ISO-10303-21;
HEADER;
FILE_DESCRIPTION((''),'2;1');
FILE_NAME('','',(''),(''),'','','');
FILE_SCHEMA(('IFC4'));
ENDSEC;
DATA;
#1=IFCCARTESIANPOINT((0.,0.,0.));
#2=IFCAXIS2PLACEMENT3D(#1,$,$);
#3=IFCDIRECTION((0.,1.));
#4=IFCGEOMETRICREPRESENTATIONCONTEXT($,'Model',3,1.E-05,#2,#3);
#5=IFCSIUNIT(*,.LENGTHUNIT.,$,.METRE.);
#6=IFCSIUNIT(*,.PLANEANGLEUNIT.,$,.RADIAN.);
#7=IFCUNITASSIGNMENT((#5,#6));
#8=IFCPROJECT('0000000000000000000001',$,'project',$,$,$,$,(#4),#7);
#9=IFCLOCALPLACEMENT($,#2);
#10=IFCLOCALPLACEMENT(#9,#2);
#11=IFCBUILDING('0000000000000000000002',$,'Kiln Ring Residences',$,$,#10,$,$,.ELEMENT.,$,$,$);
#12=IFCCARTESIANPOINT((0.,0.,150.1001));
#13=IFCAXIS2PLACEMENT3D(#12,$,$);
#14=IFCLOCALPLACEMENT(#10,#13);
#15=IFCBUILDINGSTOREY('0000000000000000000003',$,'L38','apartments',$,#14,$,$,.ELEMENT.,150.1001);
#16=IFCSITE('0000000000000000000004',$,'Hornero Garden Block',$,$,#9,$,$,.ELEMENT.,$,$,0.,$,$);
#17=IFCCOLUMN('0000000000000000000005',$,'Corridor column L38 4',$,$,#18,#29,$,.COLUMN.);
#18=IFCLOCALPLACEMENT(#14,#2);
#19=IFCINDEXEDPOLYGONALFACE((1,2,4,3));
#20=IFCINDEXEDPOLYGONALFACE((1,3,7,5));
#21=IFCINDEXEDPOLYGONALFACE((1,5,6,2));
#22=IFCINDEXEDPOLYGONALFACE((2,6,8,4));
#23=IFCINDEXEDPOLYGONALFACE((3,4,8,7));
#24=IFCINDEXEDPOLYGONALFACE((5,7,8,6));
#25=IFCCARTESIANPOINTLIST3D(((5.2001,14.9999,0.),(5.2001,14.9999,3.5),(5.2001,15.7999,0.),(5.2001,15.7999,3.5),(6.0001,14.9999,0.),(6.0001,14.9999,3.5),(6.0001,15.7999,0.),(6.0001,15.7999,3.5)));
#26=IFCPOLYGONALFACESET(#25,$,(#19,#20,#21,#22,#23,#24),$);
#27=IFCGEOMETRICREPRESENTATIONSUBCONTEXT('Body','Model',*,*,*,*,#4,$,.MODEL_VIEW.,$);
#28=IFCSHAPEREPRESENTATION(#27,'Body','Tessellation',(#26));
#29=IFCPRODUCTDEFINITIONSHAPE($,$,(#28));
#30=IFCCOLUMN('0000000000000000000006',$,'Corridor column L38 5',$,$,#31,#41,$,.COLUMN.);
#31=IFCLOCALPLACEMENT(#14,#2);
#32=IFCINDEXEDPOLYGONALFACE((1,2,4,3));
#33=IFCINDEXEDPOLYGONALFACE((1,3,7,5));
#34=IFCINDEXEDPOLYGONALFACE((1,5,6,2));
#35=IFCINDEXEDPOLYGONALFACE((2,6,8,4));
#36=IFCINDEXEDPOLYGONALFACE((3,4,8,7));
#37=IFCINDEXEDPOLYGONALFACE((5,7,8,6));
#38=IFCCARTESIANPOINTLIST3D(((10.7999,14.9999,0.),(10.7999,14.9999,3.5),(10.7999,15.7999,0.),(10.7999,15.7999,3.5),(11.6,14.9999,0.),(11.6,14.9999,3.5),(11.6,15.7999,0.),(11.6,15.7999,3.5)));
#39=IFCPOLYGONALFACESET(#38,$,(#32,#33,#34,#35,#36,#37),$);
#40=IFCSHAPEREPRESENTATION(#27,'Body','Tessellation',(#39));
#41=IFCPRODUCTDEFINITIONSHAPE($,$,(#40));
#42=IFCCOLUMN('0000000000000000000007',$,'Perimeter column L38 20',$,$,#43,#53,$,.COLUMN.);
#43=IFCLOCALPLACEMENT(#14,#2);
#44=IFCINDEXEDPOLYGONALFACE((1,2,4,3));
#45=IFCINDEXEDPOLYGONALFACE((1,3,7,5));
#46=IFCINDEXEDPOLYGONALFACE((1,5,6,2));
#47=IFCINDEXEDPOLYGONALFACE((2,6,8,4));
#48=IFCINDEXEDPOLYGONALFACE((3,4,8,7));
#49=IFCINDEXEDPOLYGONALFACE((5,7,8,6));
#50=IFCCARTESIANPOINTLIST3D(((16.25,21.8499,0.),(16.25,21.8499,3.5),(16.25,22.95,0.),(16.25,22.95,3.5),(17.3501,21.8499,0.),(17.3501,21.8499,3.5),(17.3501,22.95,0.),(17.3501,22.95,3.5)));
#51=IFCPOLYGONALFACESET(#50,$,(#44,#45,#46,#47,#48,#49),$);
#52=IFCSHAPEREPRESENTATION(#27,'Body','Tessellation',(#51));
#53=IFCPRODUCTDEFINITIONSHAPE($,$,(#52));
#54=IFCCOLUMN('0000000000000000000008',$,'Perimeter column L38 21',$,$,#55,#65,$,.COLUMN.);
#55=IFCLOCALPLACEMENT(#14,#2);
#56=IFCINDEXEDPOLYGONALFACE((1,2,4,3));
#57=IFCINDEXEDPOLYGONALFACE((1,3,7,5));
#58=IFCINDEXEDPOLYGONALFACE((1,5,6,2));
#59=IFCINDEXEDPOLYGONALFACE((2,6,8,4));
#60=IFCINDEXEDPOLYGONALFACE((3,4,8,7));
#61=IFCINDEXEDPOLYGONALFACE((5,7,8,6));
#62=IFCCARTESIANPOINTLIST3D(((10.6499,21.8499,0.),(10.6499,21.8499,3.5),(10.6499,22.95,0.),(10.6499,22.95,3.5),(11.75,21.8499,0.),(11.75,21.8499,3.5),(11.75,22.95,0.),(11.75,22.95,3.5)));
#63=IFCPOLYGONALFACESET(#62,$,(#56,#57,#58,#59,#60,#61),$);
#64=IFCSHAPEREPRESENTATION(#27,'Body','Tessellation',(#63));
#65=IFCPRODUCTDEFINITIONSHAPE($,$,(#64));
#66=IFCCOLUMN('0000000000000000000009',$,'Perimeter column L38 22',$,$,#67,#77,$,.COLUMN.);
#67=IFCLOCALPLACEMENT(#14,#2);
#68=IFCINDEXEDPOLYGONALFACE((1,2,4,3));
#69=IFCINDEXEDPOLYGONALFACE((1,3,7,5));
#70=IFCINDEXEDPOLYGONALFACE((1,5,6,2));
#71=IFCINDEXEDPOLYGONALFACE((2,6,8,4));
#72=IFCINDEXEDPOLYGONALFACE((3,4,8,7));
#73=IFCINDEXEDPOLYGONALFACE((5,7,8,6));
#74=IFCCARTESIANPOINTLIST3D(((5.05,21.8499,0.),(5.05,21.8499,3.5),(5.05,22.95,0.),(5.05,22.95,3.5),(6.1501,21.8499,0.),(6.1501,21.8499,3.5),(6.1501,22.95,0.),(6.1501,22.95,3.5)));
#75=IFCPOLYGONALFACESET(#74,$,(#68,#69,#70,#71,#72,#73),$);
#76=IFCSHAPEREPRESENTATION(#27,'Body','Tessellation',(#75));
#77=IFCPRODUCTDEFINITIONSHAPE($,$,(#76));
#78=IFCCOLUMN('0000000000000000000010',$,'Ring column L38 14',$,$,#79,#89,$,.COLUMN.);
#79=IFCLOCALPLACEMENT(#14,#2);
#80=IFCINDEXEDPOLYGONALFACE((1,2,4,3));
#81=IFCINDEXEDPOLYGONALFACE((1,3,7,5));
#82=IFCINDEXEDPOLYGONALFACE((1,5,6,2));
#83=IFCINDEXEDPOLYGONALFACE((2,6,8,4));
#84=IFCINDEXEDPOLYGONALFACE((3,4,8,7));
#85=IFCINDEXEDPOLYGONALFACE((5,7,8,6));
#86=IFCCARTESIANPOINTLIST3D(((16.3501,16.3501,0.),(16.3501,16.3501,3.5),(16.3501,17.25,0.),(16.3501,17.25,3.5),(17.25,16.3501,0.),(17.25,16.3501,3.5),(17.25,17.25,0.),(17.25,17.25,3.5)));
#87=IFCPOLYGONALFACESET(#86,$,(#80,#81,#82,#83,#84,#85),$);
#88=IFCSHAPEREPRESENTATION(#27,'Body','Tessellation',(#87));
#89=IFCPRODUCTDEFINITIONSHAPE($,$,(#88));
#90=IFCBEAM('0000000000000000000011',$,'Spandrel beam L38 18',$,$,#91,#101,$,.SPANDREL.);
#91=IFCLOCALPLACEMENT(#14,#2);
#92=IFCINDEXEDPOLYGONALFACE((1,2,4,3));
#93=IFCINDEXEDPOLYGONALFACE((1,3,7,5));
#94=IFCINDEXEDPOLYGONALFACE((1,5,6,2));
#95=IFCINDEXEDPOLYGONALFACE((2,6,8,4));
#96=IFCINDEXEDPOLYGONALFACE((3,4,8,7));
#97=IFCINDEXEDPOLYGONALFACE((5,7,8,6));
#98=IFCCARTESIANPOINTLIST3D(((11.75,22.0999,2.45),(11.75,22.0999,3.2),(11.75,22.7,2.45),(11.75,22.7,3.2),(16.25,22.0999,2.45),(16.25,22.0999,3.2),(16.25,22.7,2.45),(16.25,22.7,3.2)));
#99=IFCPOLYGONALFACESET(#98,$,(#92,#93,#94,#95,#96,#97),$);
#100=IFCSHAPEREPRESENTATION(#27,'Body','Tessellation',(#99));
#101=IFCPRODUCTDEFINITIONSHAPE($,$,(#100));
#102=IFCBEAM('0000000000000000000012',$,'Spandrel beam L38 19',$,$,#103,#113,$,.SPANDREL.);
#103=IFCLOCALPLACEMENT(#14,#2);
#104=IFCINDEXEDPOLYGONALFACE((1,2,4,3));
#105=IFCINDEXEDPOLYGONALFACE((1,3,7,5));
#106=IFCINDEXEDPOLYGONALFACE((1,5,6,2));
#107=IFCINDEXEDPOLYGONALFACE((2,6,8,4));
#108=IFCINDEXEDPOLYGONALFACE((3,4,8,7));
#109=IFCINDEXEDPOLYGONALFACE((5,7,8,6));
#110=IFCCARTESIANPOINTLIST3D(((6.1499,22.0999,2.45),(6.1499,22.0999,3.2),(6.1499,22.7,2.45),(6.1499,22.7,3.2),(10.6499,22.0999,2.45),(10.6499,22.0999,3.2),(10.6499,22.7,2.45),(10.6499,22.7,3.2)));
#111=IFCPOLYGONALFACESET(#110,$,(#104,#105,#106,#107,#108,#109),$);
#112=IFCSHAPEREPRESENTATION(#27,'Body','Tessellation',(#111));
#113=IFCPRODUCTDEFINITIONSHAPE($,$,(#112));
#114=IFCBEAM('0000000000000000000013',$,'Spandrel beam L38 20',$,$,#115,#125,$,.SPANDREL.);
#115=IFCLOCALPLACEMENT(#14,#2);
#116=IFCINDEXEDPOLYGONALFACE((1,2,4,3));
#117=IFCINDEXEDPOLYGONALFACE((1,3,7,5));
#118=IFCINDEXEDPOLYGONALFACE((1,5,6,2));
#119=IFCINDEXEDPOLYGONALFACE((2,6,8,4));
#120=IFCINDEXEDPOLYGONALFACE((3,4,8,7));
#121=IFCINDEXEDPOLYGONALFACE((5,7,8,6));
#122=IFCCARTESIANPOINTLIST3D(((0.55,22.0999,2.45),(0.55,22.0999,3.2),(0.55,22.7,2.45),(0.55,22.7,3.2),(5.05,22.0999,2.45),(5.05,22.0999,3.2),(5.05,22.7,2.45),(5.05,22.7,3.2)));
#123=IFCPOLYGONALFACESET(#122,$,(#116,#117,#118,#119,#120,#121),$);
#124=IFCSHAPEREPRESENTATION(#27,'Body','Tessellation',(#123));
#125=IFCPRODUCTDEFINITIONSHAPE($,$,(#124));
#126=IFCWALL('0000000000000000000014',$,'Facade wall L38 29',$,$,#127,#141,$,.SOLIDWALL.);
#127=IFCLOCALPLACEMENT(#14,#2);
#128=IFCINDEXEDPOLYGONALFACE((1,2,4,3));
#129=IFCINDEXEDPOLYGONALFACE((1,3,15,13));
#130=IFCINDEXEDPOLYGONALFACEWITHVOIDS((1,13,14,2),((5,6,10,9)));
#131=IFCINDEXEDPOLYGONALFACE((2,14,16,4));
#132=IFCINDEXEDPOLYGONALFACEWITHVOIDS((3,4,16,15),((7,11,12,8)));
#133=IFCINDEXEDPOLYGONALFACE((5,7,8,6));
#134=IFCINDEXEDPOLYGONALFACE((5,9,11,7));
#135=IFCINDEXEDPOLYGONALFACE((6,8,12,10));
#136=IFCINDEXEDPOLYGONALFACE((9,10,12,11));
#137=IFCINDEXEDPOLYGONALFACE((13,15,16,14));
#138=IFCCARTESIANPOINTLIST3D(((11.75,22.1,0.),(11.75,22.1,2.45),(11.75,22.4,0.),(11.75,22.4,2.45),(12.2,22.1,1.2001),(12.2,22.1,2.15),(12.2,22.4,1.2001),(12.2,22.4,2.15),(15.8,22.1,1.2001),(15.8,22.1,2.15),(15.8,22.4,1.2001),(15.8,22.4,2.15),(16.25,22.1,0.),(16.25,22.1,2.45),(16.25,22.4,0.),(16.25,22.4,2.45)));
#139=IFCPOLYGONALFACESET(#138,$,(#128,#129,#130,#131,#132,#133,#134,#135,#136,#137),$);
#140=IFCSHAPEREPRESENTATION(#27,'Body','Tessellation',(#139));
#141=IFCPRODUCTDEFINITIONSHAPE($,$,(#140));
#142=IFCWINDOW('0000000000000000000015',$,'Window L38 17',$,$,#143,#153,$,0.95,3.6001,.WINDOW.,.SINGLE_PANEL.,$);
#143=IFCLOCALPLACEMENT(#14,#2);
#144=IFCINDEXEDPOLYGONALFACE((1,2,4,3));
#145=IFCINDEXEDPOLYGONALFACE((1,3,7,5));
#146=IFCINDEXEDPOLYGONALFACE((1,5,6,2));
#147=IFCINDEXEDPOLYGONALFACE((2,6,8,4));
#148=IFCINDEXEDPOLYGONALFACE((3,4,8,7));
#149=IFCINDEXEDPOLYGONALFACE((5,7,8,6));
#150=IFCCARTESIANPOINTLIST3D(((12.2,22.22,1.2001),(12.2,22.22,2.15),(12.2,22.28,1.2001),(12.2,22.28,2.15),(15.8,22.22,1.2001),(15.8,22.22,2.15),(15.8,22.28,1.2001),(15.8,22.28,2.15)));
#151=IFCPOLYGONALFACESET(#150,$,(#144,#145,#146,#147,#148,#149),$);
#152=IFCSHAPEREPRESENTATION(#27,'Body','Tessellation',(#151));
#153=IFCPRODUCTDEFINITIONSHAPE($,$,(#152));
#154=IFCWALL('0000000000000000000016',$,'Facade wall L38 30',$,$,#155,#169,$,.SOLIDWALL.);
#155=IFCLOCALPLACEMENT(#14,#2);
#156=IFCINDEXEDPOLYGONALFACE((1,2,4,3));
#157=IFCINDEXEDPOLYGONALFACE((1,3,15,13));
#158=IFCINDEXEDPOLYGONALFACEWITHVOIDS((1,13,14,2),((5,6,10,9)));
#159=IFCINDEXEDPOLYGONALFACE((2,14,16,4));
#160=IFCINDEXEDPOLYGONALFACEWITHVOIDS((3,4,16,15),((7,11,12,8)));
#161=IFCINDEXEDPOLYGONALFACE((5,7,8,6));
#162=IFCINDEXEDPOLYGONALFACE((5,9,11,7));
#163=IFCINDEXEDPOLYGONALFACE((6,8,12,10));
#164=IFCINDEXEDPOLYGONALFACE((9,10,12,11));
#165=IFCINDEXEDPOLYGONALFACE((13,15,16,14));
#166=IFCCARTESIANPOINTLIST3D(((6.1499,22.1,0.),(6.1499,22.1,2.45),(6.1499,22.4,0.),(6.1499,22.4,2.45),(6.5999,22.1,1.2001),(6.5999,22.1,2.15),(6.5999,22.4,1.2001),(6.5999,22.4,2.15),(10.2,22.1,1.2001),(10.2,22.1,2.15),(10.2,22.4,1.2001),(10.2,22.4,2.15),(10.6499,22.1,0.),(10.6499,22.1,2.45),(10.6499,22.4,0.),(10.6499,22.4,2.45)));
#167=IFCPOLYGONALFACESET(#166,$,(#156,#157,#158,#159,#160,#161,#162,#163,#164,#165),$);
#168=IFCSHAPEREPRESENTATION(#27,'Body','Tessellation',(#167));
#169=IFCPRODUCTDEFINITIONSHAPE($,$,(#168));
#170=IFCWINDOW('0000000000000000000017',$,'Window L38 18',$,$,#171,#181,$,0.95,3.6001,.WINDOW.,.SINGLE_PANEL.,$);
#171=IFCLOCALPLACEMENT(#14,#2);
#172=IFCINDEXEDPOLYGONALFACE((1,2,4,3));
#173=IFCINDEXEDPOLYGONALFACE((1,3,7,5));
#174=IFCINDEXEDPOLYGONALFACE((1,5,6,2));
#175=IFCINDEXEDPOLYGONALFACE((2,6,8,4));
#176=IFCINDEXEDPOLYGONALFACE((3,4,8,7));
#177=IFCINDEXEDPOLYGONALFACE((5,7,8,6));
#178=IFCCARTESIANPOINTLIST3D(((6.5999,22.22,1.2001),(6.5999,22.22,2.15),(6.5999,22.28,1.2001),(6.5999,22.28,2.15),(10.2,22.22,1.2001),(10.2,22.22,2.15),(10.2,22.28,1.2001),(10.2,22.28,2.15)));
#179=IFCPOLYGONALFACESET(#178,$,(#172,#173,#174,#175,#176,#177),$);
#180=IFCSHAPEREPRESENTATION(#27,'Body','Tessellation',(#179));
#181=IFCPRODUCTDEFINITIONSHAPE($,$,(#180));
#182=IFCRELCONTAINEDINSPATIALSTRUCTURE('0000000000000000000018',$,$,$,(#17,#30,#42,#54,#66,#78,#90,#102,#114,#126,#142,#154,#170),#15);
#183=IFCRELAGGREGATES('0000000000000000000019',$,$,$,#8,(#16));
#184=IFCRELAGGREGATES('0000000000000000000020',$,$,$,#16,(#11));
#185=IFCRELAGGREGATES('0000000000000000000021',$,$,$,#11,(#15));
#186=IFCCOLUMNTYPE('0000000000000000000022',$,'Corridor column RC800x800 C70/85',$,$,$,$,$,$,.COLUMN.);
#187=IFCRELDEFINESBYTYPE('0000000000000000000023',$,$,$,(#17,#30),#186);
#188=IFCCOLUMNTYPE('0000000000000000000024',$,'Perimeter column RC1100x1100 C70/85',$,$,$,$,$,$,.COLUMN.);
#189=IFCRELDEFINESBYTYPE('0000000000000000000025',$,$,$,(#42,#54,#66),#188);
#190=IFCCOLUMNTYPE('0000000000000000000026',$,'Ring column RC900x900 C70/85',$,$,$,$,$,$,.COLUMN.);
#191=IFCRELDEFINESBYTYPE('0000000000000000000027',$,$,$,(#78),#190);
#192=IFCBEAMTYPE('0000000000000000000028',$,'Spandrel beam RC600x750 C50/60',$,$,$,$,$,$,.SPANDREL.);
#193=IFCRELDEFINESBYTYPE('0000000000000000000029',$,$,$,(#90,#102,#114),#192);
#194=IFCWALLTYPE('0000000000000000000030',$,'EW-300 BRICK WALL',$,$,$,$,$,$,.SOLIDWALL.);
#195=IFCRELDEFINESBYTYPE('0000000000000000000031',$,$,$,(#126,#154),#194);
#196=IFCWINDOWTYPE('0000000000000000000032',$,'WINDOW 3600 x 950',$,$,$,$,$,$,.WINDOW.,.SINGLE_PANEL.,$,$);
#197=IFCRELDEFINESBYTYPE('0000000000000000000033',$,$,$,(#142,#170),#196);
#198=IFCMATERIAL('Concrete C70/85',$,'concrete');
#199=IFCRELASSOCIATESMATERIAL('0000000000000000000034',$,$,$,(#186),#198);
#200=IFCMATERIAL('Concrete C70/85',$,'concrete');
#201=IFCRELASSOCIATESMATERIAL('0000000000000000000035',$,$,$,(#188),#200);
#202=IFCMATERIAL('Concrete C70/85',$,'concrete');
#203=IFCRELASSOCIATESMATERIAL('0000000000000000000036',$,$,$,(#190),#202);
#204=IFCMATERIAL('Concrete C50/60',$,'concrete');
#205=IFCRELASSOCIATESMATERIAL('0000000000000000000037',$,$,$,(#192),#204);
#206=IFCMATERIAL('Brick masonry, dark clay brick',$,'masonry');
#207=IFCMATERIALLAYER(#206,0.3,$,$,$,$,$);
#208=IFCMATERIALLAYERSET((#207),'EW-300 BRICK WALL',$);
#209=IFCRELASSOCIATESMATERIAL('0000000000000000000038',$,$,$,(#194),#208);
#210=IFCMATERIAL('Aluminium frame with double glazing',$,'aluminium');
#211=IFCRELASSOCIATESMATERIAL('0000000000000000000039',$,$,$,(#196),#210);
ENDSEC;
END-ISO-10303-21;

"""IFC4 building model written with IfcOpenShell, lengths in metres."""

from ifc_helpers import new_model, si_unit, direction, frame, frame_2d, origin, origin_2d, place, context, subcontext, project, spatial, rectangle, extrude, material, layer, layer_set, material_profile, profile_set, type_object, element, fill, save


model = new_model("IFC4")

# Units and contexts
model_context = context("Model", 3, precision=1e-05, world=origin(), true_north=direction((0.0, 1.0)))
body_context = subcontext(model_context, "Body", "Model", "MODEL_VIEW")
ifc_project = project(units=[si_unit("LENGTHUNIT", "METRE"), si_unit("PLANEANGLEUNIT", "RADIAN")], contexts=[model_context])

# Site, building, storey
site_placement = place(None, origin())
site = spatial("IfcSite", under=ifc_project, at=site_placement, Name="Hornero Garden Block", CompositionType="ELEMENT", RefElevation=0.0)
building_placement = place(site_placement, origin())
building = spatial("IfcBuilding", under=site, at=building_placement, Name="Kiln Ring Residences", CompositionType="ELEMENT")
storey_placement = place(building_placement, frame((0.0, 0.0, 150.1001)))
storey = spatial("IfcBuildingStorey", under=building, at=storey_placement, Name="L38", Description="apartments", CompositionType="ELEMENT", Elevation=150.1001)

# Columns
ifc_material_1 = material(Name="Concrete C70/85", Category="concrete")
ifc_material_profile_1 = material_profile(ifc_material_1, rectangle(XDim=0.8, YDim=0.8, at=origin_2d()), Name="RC800x800")
ifc_profile_set_1 = profile_set([ifc_material_profile_1], Name="Concrete C70/85")
column_type_1 = type_object("IfcColumnType", Name="Corridor column RC800x800 C70/85", PredefinedType="COLUMN", material=ifc_profile_set_1)
for number, where, z_axis, x_axis, name in (
    (1, (5.6001, 15.3999, 0.0), (0.0, 0.0, 1.0), (1.0, 0.0, 0.0), "Corridor column L38 4"),
    (2, (11.2, 15.3999, 0.0), (0.0, 0.0, 1.0), (1.0, 0.0, 0.0), "Corridor column L38 5"),
):
    element("IfcColumn", number, at=place(storey_placement, frame(where, z_axis=z_axis, x_axis=x_axis)), inside=storey, type_object=column_type_1, Name=name, PredefinedType="COLUMN", context=body_context, shape_type="SweptSolid", body=[
        extrude(rectangle(XDim=0.8, YDim=0.8, at=origin_2d()), origin(), (0.0, 0.0, 1.0), 3.5),
    ])
ifc_material_2 = material(Name="Concrete C70/85", Category="concrete")
ifc_material_profile_2 = material_profile(ifc_material_2, rectangle(XDim=1.1001, YDim=1.1001, at=origin_2d()), Name="RC1100x1100")
ifc_profile_set_2 = profile_set([ifc_material_profile_2], Name="Concrete C70/85")
column_type_2 = type_object("IfcColumnType", Name="Perimeter column RC1100x1100 C70/85", PredefinedType="COLUMN", material=ifc_profile_set_2)
for number, where, z_axis, x_axis, name in (
    (3, (16.8, 22.3999, 0.0), (0.0, 0.0, 1.0), (1.0, 0.0, 0.0), "Perimeter column L38 20"),
    (4, (11.2, 22.3999, 0.0), (0.0, 0.0, 1.0), (1.0, 0.0, 0.0), "Perimeter column L38 21"),
    (5, (5.6001, 22.3999, 0.0), (0.0, 0.0, 1.0), (1.0, 0.0, 0.0), "Perimeter column L38 22"),
):
    element("IfcColumn", number, at=place(storey_placement, frame(where, z_axis=z_axis, x_axis=x_axis)), inside=storey, type_object=column_type_2, Name=name, PredefinedType="COLUMN", context=body_context, shape_type="SweptSolid", body=[
        extrude(rectangle(XDim=1.1001, YDim=1.1001, at=origin_2d()), origin(), (0.0, 0.0, 1.0), 3.5),
    ])
ifc_material_3 = material(Name="Concrete C70/85", Category="concrete")
ifc_material_profile_3 = material_profile(ifc_material_3, rectangle(XDim=0.8999, YDim=0.8999, at=origin_2d()), Name="RC900x900")
ifc_profile_set_3 = profile_set([ifc_material_profile_3], Name="Concrete C70/85")
column_type_3 = type_object("IfcColumnType", Name="Ring column RC900x900 C70/85", PredefinedType="COLUMN", material=ifc_profile_set_3)
column_placement = place(storey_placement, frame((16.8, 16.8, 0.0), z_axis=(0.0, 0.0, 1.0), x_axis=(1.0, 0.0, 0.0)))
element("IfcColumn", 6, at=column_placement, inside=storey, type_object=column_type_3, Name="Ring column L38 14", PredefinedType="COLUMN", context=body_context, shape_type="SweptSolid", body=[
    extrude(rectangle(XDim=0.8999, YDim=0.8999, at=origin_2d()), origin(), (0.0, 0.0, 1.0), 3.5),
])

# Beams
ifc_material_4 = material(Name="Concrete C50/60", Category="concrete")
ifc_material_profile_4 = material_profile(ifc_material_4, rectangle(XDim=0.6001, YDim=0.75, at=origin_2d()), Name="RC600x750")
ifc_profile_set_4 = profile_set([ifc_material_profile_4], Name="Concrete C50/60")
beam_type = type_object("IfcBeamType", Name="Spandrel beam RC600x750 C50/60", PredefinedType="SPANDREL", material=ifc_profile_set_4)
for number, where, z_axis, x_axis, name in (
    (7, (16.25, 22.3999, 2.825), (-1.0, 0.0, 0.0), (0.0, -1.0, 0.0), "Spandrel beam L38 18"),
    (8, (10.6499, 22.3999, 2.825), (-1.0, 0.0, 0.0), (0.0, -1.0, 0.0), "Spandrel beam L38 19"),
    (9, (5.05, 22.3999, 2.825), (-1.0, 0.0, 0.0), (0.0, -1.0, 0.0), "Spandrel beam L38 20"),
):
    element("IfcBeam", number, at=place(storey_placement, frame(where, z_axis=z_axis, x_axis=x_axis)), inside=storey, type_object=beam_type, Name=name, PredefinedType="SPANDREL", context=body_context, shape_type="SweptSolid", body=[
        extrude(rectangle(XDim=0.6001, YDim=0.75, at=origin_2d()), origin(), (0.0, 0.0, 1.0), 4.5),
    ])

# Walls, openings, windows
ifc_material_5 = material(Name="Brick masonry, dark clay brick", Category="masonry")
ifc_layer_1 = layer(ifc_material_5, 0.3)
ifc_layer_set_1 = layer_set([ifc_layer_1], Name="EW-300 BRICK WALL")
wall_type_1 = type_object("IfcWallType", Name="EW-300 BRICK WALL", PredefinedType="SOLIDWALL", material=ifc_layer_set_1)
wall_1_placement = place(storey_placement, frame((16.25, 22.25, 0.0), z_axis=(0.0, 0.0, 1.0), x_axis=(-1.0, 0.0, 0.0)))
wall_1 = element("IfcWall", 10, at=wall_1_placement, inside=storey, type_object=wall_type_1, Name="Facade wall L38 29", PredefinedType="SOLIDWALL", context=body_context, shape_type="SweptSolid", body=[
    extrude(rectangle(XDim=4.5, YDim=0.3, at=frame_2d((2.25, 0.0))), origin(), (0.0, 0.0, 1.0), 2.45),
])
opening_1_placement = place(wall_1_placement, frame((0.45, 0.0, 1.2)))
opening_1 = element("IfcOpeningElement", 11, at=opening_1_placement, cuts=wall_1, PredefinedType="OPENING", context=body_context, shape_type="SweptSolid", body=[
    extrude(rectangle(XDim=3.6001, YDim=0.95, at=frame_2d((1.8, 0.4751))), frame((0.0, 0.1599, 0.0), z_axis=(0.0, -1.0, 0.0), x_axis=(1.0, 0.0, 0.0)), (0.0, 0.0, 1.0), 0.3201),
])
ifc_material_6 = material(Name="Aluminium frame with double glazing", Category="aluminium")
window_type = type_object("IfcWindowType", Name="WINDOW 3600 x 950", PartitioningType="SINGLE_PANEL", PredefinedType="WINDOW", material=ifc_material_6)
window_1_placement = place(opening_1_placement, origin())
window_1 = element("IfcWindow", 12, at=window_1_placement, inside=storey, type_object=window_type, Name="Window L38 17", OverallHeight=0.95, OverallWidth=3.6001, PartitioningType="SINGLE_PANEL", PredefinedType="WINDOW", context=body_context, shape_type="SweptSolid", body=[
    extrude(rectangle(XDim=3.6001, YDim=0.95, at=frame_2d((1.8, 0.4751))), frame((0.0, 0.03, 0.0), z_axis=(0.0, -1.0, 0.0), x_axis=(1.0, 0.0, 0.0)), (0.0, 0.0, 1.0), 0.0601),
])
fill(opening_1, window_1)
wall_2_placement = place(storey_placement, frame((10.6499, 22.25, 0.0), z_axis=(0.0, 0.0, 1.0), x_axis=(-1.0, 0.0, 0.0)))
wall_2 = element("IfcWall", 13, at=wall_2_placement, inside=storey, type_object=wall_type_1, Name="Facade wall L38 30", PredefinedType="SOLIDWALL", context=body_context, shape_type="SweptSolid", body=[
    extrude(rectangle(XDim=4.5, YDim=0.3, at=frame_2d((2.25, 0.0))), origin(), (0.0, 0.0, 1.0), 2.45),
])
opening_2_placement = place(wall_2_placement, frame((0.45, 0.0, 1.2)))
opening_2 = element("IfcOpeningElement", 14, at=opening_2_placement, cuts=wall_2, PredefinedType="OPENING", context=body_context, shape_type="SweptSolid", body=[
    extrude(rectangle(XDim=3.6001, YDim=0.95, at=frame_2d((1.8, 0.4751))), frame((0.0, 0.1599, 0.0), z_axis=(0.0, -1.0, 0.0), x_axis=(1.0, 0.0, 0.0)), (0.0, 0.0, 1.0), 0.3201),
])
window_2_placement = place(opening_2_placement, origin())
window_2 = element("IfcWindow", 15, at=window_2_placement, inside=storey, type_object=window_type, Name="Window L38 18", OverallHeight=0.95, OverallWidth=3.6001, PartitioningType="SINGLE_PANEL", PredefinedType="WINDOW", context=body_context, shape_type="SweptSolid", body=[
    extrude(rectangle(XDim=3.6001, YDim=0.95, at=frame_2d((1.8, 0.4751))), frame((0.0, 0.03, 0.0), z_axis=(0.0, -1.0, 0.0), x_axis=(1.0, 0.0, 0.0)), (0.0, 0.0, 1.0), 0.0601),
])
fill(opening_2, window_2)

save(model, "model.ifc")
